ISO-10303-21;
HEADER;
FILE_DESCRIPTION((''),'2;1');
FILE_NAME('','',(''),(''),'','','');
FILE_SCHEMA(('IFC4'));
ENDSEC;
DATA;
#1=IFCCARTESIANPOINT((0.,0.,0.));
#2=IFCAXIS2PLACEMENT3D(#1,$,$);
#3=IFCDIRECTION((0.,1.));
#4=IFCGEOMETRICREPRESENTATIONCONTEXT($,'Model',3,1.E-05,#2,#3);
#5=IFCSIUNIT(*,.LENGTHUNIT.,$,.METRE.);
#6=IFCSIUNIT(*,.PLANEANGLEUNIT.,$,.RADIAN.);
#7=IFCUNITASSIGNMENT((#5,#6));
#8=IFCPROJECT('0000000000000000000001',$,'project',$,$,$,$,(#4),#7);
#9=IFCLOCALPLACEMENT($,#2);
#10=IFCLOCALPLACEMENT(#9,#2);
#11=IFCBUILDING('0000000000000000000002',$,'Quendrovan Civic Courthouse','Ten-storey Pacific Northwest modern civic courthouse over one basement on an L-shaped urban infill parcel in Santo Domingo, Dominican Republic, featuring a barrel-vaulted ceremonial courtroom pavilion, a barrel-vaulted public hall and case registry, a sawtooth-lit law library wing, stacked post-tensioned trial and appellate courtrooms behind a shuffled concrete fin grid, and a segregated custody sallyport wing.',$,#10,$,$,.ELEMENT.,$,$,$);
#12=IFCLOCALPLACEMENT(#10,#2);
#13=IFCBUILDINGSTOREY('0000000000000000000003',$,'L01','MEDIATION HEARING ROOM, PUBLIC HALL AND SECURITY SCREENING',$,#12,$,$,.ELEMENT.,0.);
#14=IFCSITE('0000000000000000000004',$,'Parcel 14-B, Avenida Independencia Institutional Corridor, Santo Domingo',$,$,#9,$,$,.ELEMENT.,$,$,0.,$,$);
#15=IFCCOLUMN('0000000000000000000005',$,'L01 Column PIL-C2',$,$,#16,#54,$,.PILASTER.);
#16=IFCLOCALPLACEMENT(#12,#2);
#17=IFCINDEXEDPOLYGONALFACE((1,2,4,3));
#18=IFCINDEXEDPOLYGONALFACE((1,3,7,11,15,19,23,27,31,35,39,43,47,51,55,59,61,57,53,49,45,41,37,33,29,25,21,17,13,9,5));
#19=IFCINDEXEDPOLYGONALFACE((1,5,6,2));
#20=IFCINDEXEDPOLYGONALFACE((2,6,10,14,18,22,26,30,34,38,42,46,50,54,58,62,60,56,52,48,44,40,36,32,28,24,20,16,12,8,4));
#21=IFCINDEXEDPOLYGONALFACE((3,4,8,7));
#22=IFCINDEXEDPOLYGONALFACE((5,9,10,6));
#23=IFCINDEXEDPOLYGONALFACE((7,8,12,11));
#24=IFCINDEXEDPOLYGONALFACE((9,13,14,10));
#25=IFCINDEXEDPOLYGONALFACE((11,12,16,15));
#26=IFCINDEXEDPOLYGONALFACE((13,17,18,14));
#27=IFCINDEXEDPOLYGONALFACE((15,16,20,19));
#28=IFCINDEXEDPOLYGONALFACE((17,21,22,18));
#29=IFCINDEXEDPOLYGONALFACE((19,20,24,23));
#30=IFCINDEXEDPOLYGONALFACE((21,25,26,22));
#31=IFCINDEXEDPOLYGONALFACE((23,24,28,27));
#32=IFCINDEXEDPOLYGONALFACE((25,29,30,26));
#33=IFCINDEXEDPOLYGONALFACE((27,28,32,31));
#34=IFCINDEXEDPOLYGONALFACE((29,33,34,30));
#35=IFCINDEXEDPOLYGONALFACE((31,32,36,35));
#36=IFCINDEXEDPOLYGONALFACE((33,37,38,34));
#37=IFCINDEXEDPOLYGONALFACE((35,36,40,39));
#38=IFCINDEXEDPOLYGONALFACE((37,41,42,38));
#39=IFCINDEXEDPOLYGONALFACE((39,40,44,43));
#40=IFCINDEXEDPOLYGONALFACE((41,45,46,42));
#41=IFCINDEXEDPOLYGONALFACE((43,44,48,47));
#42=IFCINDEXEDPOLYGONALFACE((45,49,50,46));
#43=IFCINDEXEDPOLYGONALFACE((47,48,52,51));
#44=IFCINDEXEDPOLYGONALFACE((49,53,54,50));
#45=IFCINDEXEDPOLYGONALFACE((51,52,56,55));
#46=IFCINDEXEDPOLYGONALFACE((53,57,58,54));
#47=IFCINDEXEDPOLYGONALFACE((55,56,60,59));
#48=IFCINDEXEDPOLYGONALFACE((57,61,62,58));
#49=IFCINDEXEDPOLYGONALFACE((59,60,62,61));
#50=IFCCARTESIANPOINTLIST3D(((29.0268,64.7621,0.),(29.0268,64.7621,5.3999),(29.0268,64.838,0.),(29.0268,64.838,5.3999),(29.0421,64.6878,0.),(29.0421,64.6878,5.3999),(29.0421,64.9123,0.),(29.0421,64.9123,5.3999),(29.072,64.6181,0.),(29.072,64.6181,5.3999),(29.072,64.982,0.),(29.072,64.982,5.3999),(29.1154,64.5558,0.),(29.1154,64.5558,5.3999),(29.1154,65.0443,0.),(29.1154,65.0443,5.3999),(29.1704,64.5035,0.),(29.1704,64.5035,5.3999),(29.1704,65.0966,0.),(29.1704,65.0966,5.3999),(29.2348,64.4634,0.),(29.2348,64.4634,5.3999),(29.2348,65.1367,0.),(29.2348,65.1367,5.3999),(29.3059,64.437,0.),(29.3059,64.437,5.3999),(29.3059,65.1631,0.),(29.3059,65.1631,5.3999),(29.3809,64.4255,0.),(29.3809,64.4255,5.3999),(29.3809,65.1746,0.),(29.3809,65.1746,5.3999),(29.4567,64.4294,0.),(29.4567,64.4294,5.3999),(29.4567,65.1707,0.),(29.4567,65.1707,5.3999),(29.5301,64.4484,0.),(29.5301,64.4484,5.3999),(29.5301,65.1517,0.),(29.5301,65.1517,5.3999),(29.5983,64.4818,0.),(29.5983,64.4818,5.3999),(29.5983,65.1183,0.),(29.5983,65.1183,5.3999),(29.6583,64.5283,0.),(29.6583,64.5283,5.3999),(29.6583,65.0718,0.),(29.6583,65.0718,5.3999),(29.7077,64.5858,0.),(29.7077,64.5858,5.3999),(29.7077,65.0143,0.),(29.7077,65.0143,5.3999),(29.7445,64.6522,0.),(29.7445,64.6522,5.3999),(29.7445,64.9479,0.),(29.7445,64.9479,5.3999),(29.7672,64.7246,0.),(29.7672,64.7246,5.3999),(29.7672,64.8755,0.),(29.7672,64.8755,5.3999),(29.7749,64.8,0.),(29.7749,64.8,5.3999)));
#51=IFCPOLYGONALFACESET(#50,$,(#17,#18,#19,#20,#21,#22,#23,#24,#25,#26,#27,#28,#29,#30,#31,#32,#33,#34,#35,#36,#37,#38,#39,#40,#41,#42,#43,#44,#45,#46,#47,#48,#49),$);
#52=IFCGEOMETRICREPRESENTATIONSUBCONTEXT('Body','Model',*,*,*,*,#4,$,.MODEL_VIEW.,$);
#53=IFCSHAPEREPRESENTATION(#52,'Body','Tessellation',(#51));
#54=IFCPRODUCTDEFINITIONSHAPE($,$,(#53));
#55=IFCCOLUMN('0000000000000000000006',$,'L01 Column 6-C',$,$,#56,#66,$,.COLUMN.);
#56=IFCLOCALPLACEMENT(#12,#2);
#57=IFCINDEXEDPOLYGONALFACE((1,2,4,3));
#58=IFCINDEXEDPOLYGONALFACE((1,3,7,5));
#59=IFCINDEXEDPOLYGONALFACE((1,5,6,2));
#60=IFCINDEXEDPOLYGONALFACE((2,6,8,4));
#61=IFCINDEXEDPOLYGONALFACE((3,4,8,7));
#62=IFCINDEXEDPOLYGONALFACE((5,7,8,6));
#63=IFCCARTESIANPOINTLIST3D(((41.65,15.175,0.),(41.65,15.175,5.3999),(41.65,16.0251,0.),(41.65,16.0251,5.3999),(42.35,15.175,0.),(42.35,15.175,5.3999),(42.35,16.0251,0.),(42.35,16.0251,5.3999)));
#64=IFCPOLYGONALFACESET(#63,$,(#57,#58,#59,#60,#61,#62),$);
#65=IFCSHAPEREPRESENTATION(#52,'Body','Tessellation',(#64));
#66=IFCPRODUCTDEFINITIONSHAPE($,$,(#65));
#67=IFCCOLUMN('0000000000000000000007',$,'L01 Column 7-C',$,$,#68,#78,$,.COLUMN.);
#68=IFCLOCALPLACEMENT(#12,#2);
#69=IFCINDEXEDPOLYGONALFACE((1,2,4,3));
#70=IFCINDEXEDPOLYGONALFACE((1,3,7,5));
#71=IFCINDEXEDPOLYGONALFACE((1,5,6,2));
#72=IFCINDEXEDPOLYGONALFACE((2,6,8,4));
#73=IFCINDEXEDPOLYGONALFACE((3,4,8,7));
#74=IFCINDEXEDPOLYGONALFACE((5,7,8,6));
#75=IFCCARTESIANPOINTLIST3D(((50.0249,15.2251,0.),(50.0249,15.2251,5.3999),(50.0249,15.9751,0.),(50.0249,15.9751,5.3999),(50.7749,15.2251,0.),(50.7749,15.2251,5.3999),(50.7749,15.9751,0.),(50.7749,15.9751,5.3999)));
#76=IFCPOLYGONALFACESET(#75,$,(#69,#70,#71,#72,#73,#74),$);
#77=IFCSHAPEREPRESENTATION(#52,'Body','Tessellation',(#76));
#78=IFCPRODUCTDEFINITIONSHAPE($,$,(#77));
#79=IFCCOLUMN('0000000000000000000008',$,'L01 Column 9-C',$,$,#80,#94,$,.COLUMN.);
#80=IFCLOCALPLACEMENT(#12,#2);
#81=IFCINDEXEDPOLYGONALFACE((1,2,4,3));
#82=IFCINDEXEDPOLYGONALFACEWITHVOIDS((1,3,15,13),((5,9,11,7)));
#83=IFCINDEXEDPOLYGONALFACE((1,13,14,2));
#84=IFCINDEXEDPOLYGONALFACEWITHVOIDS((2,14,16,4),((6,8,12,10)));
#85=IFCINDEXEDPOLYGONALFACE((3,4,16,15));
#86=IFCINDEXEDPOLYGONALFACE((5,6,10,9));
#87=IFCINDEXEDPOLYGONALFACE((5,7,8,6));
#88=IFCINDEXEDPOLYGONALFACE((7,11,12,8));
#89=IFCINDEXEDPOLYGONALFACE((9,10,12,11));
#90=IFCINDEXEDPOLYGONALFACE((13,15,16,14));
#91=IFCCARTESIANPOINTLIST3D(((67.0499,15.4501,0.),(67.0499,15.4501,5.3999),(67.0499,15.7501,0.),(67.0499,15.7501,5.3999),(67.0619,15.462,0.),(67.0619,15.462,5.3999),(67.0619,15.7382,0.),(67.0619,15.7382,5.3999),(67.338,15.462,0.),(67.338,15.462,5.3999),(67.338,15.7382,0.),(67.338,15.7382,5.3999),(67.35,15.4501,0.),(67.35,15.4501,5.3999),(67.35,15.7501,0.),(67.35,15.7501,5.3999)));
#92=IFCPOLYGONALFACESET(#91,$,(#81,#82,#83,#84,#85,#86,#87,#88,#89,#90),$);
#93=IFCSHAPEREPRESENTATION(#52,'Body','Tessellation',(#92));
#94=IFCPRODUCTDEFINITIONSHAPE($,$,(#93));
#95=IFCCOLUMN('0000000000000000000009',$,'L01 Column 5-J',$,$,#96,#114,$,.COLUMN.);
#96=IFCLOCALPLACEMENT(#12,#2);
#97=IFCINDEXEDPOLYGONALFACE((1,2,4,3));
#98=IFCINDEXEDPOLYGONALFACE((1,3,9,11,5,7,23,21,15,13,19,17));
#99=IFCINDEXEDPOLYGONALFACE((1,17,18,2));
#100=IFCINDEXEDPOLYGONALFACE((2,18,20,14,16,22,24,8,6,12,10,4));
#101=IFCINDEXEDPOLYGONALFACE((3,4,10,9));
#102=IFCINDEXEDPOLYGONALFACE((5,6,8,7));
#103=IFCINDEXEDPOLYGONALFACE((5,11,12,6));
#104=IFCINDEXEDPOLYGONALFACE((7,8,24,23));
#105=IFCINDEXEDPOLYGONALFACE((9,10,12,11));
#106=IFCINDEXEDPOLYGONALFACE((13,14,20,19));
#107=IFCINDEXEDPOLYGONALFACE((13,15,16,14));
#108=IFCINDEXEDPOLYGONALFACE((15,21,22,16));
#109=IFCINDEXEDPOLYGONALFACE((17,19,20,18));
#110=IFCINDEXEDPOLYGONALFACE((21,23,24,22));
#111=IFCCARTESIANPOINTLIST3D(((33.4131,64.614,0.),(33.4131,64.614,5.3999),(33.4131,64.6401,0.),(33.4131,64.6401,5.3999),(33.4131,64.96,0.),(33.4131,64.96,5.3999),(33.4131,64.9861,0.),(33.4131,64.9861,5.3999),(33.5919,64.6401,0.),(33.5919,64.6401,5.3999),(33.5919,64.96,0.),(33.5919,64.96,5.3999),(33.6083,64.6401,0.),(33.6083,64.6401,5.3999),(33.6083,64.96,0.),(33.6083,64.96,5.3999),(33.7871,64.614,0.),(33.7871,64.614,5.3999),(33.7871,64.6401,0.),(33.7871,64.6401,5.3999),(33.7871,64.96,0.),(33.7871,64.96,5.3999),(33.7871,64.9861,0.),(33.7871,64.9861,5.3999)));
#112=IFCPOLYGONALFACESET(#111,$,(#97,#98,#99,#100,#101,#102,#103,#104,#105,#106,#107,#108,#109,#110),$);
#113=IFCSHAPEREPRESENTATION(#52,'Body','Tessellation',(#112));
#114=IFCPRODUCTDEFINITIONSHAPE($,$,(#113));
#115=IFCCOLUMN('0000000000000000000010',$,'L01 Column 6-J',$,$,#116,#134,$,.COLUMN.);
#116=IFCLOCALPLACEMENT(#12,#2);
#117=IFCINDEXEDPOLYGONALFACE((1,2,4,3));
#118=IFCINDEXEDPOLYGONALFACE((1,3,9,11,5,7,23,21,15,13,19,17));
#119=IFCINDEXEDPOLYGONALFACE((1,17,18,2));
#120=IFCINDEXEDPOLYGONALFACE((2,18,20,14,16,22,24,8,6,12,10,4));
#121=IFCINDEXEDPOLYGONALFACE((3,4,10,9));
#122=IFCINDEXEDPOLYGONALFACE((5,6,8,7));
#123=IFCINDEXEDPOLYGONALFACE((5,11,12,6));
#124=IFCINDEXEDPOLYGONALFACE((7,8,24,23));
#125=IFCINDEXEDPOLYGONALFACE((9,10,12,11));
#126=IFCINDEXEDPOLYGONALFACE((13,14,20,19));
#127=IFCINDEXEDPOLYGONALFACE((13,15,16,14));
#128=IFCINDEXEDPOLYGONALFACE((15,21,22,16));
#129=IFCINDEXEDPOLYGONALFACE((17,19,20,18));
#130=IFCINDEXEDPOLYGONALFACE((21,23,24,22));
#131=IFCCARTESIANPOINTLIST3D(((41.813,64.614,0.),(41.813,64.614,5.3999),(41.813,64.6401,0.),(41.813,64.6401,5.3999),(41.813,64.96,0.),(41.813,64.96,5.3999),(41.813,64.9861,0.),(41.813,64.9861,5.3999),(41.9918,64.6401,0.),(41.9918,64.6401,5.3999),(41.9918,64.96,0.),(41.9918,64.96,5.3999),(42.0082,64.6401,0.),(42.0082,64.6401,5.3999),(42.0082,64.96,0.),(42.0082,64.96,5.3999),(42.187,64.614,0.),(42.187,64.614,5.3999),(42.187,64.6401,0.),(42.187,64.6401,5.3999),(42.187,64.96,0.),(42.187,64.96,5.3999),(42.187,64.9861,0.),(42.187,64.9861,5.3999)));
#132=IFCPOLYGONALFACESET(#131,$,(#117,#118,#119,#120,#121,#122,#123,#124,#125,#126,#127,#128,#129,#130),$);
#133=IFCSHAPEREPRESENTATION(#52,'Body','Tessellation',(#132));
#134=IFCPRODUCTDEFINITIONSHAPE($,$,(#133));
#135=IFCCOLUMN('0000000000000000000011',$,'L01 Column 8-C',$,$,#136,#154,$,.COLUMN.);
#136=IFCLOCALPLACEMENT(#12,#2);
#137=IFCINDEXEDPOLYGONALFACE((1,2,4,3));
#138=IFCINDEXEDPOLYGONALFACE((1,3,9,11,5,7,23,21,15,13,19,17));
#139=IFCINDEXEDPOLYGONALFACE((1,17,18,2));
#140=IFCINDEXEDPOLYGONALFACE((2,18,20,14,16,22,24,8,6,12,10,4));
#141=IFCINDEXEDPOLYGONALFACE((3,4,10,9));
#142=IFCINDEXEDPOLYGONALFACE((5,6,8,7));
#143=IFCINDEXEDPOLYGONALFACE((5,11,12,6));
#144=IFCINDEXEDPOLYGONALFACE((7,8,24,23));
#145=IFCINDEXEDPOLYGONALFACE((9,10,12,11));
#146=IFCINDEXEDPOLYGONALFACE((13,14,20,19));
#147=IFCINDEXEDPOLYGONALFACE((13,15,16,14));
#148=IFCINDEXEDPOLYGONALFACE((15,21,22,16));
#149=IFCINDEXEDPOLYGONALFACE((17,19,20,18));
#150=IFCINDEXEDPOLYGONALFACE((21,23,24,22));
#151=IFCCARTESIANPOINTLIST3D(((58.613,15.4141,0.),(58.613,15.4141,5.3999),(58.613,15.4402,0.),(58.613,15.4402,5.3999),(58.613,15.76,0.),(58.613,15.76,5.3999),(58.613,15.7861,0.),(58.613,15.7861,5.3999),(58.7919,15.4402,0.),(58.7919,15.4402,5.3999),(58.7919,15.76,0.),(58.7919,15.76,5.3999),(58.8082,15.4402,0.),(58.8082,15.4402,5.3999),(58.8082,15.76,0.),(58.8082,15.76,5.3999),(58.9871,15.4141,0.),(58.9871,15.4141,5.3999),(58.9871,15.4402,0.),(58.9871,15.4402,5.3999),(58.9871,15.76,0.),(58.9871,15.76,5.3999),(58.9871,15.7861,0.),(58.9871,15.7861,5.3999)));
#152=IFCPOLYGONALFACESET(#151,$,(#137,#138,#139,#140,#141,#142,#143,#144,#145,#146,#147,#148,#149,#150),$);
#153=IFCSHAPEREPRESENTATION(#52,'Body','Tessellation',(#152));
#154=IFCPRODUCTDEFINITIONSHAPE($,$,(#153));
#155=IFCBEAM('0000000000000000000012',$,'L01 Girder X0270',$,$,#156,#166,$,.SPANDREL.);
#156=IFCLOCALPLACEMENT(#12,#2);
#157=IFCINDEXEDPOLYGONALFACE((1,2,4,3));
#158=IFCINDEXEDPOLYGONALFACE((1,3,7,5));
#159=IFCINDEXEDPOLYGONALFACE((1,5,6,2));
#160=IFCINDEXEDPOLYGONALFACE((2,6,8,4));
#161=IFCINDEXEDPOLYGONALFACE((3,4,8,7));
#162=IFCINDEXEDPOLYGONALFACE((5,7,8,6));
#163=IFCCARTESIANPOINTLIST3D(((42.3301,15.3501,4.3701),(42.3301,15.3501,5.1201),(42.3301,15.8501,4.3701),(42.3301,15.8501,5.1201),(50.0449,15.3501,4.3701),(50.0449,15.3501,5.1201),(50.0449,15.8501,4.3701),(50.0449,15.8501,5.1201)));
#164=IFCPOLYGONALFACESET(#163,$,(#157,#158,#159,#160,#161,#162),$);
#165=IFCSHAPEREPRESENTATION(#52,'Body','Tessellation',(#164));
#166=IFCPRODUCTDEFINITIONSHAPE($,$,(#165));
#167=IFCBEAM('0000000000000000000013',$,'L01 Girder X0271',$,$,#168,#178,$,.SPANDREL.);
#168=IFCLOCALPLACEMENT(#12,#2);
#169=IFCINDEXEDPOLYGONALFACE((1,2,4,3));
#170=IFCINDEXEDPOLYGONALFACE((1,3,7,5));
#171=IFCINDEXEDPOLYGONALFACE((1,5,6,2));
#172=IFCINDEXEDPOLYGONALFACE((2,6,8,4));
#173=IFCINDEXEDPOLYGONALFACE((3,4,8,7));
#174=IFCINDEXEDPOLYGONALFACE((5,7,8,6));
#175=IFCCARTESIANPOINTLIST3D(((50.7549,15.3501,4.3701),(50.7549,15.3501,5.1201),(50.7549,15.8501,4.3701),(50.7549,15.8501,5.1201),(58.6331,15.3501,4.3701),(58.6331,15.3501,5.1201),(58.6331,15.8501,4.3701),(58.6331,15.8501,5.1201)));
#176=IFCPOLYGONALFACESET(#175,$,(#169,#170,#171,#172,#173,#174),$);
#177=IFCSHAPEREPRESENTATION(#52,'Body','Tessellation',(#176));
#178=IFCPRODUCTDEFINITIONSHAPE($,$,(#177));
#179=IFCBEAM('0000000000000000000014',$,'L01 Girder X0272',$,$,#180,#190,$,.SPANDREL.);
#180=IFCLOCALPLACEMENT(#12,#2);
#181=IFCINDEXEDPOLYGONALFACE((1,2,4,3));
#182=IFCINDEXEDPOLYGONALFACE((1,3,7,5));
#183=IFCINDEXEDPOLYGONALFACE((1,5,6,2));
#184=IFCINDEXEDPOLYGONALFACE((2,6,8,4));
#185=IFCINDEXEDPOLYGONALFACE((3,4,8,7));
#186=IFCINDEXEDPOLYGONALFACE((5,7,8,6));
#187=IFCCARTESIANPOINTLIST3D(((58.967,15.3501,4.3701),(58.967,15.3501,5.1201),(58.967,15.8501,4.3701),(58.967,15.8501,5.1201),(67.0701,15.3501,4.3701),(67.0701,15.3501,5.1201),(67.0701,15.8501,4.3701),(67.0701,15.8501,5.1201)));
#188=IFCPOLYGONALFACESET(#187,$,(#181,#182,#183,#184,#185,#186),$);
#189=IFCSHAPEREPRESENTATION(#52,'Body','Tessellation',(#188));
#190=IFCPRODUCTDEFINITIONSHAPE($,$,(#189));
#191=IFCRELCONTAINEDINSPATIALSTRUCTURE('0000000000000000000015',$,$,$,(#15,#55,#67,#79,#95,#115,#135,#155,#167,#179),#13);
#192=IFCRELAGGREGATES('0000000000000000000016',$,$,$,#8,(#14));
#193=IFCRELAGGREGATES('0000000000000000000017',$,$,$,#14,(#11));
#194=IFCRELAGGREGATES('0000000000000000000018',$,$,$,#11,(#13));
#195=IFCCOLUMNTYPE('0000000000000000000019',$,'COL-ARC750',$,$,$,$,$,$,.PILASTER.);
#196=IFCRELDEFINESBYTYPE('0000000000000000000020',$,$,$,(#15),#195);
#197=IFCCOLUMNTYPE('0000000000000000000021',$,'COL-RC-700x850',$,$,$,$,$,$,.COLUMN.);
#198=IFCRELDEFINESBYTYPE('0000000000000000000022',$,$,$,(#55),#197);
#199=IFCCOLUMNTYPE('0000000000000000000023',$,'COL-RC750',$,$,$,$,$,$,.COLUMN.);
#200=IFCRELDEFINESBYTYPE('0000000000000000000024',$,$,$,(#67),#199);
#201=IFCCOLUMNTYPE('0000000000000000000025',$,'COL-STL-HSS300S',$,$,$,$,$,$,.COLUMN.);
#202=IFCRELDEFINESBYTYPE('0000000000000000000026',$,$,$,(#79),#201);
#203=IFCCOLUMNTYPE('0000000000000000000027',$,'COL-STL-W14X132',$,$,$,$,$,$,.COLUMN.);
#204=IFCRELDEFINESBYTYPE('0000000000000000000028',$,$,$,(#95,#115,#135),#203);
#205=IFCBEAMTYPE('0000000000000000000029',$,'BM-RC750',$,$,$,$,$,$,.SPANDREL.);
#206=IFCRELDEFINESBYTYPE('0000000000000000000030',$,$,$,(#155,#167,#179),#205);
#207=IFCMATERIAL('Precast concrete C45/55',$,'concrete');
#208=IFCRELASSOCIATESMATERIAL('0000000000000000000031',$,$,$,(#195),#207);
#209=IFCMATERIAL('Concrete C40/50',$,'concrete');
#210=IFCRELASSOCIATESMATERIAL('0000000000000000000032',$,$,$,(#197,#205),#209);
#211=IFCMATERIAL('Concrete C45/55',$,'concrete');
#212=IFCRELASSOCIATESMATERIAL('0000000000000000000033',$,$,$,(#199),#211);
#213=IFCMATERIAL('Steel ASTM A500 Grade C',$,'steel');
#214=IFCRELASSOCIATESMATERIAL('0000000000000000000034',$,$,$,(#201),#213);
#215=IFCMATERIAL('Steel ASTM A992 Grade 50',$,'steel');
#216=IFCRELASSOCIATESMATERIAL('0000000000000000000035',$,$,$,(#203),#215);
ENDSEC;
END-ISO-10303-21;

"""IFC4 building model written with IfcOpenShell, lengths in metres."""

from ifc_helpers import new_model, si_unit, direction, frame, origin, origin_2d, place, context, subcontext, project, spatial, rectangle, hollow_rectangle, circle, i_section, extrude, material, material_profile, profile_set, type_object, element, save


model = new_model("IFC4")

# Units and contexts
model_context = context("Model", 3, precision=1e-05, world=origin(), true_north=direction((0.0, 1.0)))
body_context = subcontext(model_context, "Body", "Model", "MODEL_VIEW")
ifc_project = project(units=[si_unit("LENGTHUNIT", "METRE"), si_unit("PLANEANGLEUNIT", "RADIAN")], contexts=[model_context])

# Site, building, storey
site_placement = place(None, origin())
site = spatial("IfcSite", under=ifc_project, at=site_placement, Name="Parcel 14-B, Avenida Independencia Institutional Corridor, Santo Domingo", CompositionType="ELEMENT", RefElevation=0.0)
building_placement = place(site_placement, origin())
building = spatial("IfcBuilding", under=site, at=building_placement, Name="Quendrovan Civic Courthouse", Description="Ten-storey Pacific Northwest modern civic courthouse over one basement on an L-shaped urban infill parcel in Santo Domingo, Dominican Republic, featuring a barrel-vaulted ceremonial courtroom pavilion, a barrel-vaulted public hall and case registry, a sawtooth-lit law library wing, stacked post-tensioned trial and appellate courtrooms behind a shuffled concrete fin grid, and a segregated custody sallyport wing.", CompositionType="ELEMENT")
storey_placement = place(building_placement, origin())
storey = spatial("IfcBuildingStorey", under=building, at=storey_placement, Name="L01", Description="MEDIATION HEARING ROOM, PUBLIC HALL AND SECURITY SCREENING", CompositionType="ELEMENT", Elevation=0.0)

# Columns
ifc_material_1 = material(Name="Precast concrete C45/55", Category="concrete")
ifc_material_profile_1 = material_profile(ifc_material_1, circle(Radius=0.375, at=origin_2d()), Name="RC-ARCADE-D750")
ifc_profile_set_1 = profile_set([ifc_material_profile_1], Name="Precast concrete C45/55")
column_type_1 = type_object("IfcColumnType", Name="COL-ARC750", PredefinedType="PILASTER", material=ifc_profile_set_1)
column_1_placement = place(storey_placement, frame((29.3999, 64.8, 0.0), z_axis=(0.0, 0.0, 1.0), x_axis=(1.0, 0.0, 0.0)))
element("IfcColumn", 1, at=column_1_placement, inside=storey, type_object=column_type_1, Name="L01 Column PIL-C2", PredefinedType="PILASTER", context=body_context, shape_type="SweptSolid", body=[
    extrude(circle(Radius=0.375, at=origin_2d()), origin(), (0.0, 0.0, 1.0), 5.3999),
])
ifc_material_2 = material(Name="Concrete C40/50", Category="concrete")
ifc_material_profile_2 = material_profile(ifc_material_2, rectangle(XDim=0.7, YDim=0.8501, at=origin_2d()), Name="RC-COL-700x850")
ifc_profile_set_2 = profile_set([ifc_material_profile_2], Name="Concrete C40/50")
column_type_2 = type_object("IfcColumnType", Name="COL-RC-700x850", PredefinedType="COLUMN", material=ifc_profile_set_2)
column_2_placement = place(storey_placement, frame((42.0, 15.6001, 0.0), z_axis=(0.0, 0.0, 1.0), x_axis=(1.0, 0.0, 0.0)))
element("IfcColumn", 2, at=column_2_placement, inside=storey, type_object=column_type_2, Name="L01 Column 6-C", PredefinedType="COLUMN", context=body_context, shape_type="SweptSolid", body=[
    extrude(rectangle(XDim=0.7, YDim=0.8501, at=origin_2d()), origin(), (0.0, 0.0, 1.0), 5.3999),
])
ifc_material_3 = material(Name="Concrete C45/55", Category="concrete")
ifc_material_profile_3 = material_profile(ifc_material_3, rectangle(XDim=0.75, YDim=0.75, at=origin_2d()), Name="RC-COL-750x750")
ifc_profile_set_3 = profile_set([ifc_material_profile_3], Name="Concrete C45/55")
column_type_3 = type_object("IfcColumnType", Name="COL-RC750", PredefinedType="COLUMN", material=ifc_profile_set_3)
column_3_placement = place(storey_placement, frame((50.3999, 15.6001, 0.0), z_axis=(0.0, 0.0, 1.0), x_axis=(1.0, 0.0, 0.0)))
element("IfcColumn", 3, at=column_3_placement, inside=storey, type_object=column_type_3, Name="L01 Column 7-C", PredefinedType="COLUMN", context=body_context, shape_type="SweptSolid", body=[
    extrude(rectangle(XDim=0.75, YDim=0.75, at=origin_2d()), origin(), (0.0, 0.0, 1.0), 5.3999),
])
ifc_material_4 = material(Name="Steel ASTM A500 Grade C", Category="steel")
ifc_material_profile_4 = material_profile(ifc_material_4, hollow_rectangle(XDim=0.3, YDim=0.3, WallThickness=0.012, at=origin_2d()), Name="HSS300x300x12")
ifc_profile_set_4 = profile_set([ifc_material_profile_4], Name="Steel ASTM A500 Grade C")
column_type_4 = type_object("IfcColumnType", Name="COL-STL-HSS300S", PredefinedType="COLUMN", material=ifc_profile_set_4)
column_4_placement = place(storey_placement, frame((67.2, 15.6001, 0.0), z_axis=(0.0, 0.0, 1.0), x_axis=(1.0, 0.0, 0.0)))
element("IfcColumn", 4, at=column_4_placement, inside=storey, type_object=column_type_4, Name="L01 Column 9-C", PredefinedType="COLUMN", context=body_context, shape_type="SweptSolid", body=[
    extrude(hollow_rectangle(XDim=0.3, YDim=0.3, WallThickness=0.012, at=origin_2d()), origin(), (0.0, 0.0, 1.0), 5.3999),
])
ifc_material_5 = material(Name="Steel ASTM A992 Grade 50", Category="steel")
ifc_material_profile_5 = material_profile(ifc_material_5, i_section(OverallWidth=0.374, OverallDepth=0.3721, WebThickness=0.0164, FlangeThickness=0.0261, at=origin_2d()), Name="W14X132")
ifc_profile_set_5 = profile_set([ifc_material_profile_5], Name="Steel ASTM A992 Grade 50")
column_type_5 = type_object("IfcColumnType", Name="COL-STL-W14X132", PredefinedType="COLUMN", material=ifc_profile_set_5)
for number, where, z_axis, x_axis, name in (
    (5, (33.6001, 64.8, 0.0), (0.0, 0.0, 1.0), (1.0, 0.0, 0.0), "L01 Column 5-J"),
    (6, (42.0, 64.8, 0.0), (0.0, 0.0, 1.0), (1.0, 0.0, 0.0), "L01 Column 6-J"),
    (7, (58.8, 15.6001, 0.0), (0.0, 0.0, 1.0), (1.0, 0.0, 0.0), "L01 Column 8-C"),
):
    element("IfcColumn", number, at=place(storey_placement, frame(where, z_axis=z_axis, x_axis=x_axis)), inside=storey, type_object=column_type_5, Name=name, PredefinedType="COLUMN", context=body_context, shape_type="SweptSolid", body=[
        extrude(i_section(OverallWidth=0.374, OverallDepth=0.3721, WebThickness=0.0164, FlangeThickness=0.0261, at=origin_2d()), origin(), (0.0, 0.0, 1.0), 5.3999),
    ])

# Beams
ifc_material_profile_6 = material_profile(ifc_material_2, rectangle(XDim=0.5, YDim=0.75, at=origin_2d()), Name="RC-BM-500x750")
ifc_profile_set_6 = profile_set([ifc_material_profile_6], Name="Concrete C40/50")
beam_type = type_object("IfcBeamType", Name="BM-RC750", PredefinedType="SPANDREL", material=ifc_profile_set_6)
beam_1_placement = place(storey_placement, frame((42.3301, 15.6001, 4.7451), z_axis=(1.0, 0.0, 0.0), x_axis=(0.0, 1.0, 0.0)))
element("IfcBeam", 8, at=beam_1_placement, inside=storey, type_object=beam_type, Name="L01 Girder X0270", PredefinedType="SPANDREL", context=body_context, shape_type="SweptSolid", body=[
    extrude(rectangle(XDim=0.5, YDim=0.75, at=origin_2d()), origin(), (0.0, 0.0, 1.0), 7.7148),
])
beam_2_placement = place(storey_placement, frame((50.7549, 15.6001, 4.7451), z_axis=(1.0, 0.0, 0.0), x_axis=(0.0, 1.0, 0.0)))
element("IfcBeam", 9, at=beam_2_placement, inside=storey, type_object=beam_type, Name="L01 Girder X0271", PredefinedType="SPANDREL", context=body_context, shape_type="SweptSolid", body=[
    extrude(rectangle(XDim=0.5, YDim=0.75, at=origin_2d()), origin(), (0.0, 0.0, 1.0), 7.8782),
])
beam_3_placement = place(storey_placement, frame((58.967, 15.6001, 4.7451), z_axis=(1.0, 0.0, 0.0), x_axis=(0.0, 1.0, 0.0)))
element("IfcBeam", 10, at=beam_3_placement, inside=storey, type_object=beam_type, Name="L01 Girder X0272", PredefinedType="SPANDREL", context=body_context, shape_type="SweptSolid", body=[
    extrude(rectangle(XDim=0.5, YDim=0.75, at=origin_2d()), origin(), (0.0, 0.0, 1.0), 8.103),
])

save(model, "model.ifc")
